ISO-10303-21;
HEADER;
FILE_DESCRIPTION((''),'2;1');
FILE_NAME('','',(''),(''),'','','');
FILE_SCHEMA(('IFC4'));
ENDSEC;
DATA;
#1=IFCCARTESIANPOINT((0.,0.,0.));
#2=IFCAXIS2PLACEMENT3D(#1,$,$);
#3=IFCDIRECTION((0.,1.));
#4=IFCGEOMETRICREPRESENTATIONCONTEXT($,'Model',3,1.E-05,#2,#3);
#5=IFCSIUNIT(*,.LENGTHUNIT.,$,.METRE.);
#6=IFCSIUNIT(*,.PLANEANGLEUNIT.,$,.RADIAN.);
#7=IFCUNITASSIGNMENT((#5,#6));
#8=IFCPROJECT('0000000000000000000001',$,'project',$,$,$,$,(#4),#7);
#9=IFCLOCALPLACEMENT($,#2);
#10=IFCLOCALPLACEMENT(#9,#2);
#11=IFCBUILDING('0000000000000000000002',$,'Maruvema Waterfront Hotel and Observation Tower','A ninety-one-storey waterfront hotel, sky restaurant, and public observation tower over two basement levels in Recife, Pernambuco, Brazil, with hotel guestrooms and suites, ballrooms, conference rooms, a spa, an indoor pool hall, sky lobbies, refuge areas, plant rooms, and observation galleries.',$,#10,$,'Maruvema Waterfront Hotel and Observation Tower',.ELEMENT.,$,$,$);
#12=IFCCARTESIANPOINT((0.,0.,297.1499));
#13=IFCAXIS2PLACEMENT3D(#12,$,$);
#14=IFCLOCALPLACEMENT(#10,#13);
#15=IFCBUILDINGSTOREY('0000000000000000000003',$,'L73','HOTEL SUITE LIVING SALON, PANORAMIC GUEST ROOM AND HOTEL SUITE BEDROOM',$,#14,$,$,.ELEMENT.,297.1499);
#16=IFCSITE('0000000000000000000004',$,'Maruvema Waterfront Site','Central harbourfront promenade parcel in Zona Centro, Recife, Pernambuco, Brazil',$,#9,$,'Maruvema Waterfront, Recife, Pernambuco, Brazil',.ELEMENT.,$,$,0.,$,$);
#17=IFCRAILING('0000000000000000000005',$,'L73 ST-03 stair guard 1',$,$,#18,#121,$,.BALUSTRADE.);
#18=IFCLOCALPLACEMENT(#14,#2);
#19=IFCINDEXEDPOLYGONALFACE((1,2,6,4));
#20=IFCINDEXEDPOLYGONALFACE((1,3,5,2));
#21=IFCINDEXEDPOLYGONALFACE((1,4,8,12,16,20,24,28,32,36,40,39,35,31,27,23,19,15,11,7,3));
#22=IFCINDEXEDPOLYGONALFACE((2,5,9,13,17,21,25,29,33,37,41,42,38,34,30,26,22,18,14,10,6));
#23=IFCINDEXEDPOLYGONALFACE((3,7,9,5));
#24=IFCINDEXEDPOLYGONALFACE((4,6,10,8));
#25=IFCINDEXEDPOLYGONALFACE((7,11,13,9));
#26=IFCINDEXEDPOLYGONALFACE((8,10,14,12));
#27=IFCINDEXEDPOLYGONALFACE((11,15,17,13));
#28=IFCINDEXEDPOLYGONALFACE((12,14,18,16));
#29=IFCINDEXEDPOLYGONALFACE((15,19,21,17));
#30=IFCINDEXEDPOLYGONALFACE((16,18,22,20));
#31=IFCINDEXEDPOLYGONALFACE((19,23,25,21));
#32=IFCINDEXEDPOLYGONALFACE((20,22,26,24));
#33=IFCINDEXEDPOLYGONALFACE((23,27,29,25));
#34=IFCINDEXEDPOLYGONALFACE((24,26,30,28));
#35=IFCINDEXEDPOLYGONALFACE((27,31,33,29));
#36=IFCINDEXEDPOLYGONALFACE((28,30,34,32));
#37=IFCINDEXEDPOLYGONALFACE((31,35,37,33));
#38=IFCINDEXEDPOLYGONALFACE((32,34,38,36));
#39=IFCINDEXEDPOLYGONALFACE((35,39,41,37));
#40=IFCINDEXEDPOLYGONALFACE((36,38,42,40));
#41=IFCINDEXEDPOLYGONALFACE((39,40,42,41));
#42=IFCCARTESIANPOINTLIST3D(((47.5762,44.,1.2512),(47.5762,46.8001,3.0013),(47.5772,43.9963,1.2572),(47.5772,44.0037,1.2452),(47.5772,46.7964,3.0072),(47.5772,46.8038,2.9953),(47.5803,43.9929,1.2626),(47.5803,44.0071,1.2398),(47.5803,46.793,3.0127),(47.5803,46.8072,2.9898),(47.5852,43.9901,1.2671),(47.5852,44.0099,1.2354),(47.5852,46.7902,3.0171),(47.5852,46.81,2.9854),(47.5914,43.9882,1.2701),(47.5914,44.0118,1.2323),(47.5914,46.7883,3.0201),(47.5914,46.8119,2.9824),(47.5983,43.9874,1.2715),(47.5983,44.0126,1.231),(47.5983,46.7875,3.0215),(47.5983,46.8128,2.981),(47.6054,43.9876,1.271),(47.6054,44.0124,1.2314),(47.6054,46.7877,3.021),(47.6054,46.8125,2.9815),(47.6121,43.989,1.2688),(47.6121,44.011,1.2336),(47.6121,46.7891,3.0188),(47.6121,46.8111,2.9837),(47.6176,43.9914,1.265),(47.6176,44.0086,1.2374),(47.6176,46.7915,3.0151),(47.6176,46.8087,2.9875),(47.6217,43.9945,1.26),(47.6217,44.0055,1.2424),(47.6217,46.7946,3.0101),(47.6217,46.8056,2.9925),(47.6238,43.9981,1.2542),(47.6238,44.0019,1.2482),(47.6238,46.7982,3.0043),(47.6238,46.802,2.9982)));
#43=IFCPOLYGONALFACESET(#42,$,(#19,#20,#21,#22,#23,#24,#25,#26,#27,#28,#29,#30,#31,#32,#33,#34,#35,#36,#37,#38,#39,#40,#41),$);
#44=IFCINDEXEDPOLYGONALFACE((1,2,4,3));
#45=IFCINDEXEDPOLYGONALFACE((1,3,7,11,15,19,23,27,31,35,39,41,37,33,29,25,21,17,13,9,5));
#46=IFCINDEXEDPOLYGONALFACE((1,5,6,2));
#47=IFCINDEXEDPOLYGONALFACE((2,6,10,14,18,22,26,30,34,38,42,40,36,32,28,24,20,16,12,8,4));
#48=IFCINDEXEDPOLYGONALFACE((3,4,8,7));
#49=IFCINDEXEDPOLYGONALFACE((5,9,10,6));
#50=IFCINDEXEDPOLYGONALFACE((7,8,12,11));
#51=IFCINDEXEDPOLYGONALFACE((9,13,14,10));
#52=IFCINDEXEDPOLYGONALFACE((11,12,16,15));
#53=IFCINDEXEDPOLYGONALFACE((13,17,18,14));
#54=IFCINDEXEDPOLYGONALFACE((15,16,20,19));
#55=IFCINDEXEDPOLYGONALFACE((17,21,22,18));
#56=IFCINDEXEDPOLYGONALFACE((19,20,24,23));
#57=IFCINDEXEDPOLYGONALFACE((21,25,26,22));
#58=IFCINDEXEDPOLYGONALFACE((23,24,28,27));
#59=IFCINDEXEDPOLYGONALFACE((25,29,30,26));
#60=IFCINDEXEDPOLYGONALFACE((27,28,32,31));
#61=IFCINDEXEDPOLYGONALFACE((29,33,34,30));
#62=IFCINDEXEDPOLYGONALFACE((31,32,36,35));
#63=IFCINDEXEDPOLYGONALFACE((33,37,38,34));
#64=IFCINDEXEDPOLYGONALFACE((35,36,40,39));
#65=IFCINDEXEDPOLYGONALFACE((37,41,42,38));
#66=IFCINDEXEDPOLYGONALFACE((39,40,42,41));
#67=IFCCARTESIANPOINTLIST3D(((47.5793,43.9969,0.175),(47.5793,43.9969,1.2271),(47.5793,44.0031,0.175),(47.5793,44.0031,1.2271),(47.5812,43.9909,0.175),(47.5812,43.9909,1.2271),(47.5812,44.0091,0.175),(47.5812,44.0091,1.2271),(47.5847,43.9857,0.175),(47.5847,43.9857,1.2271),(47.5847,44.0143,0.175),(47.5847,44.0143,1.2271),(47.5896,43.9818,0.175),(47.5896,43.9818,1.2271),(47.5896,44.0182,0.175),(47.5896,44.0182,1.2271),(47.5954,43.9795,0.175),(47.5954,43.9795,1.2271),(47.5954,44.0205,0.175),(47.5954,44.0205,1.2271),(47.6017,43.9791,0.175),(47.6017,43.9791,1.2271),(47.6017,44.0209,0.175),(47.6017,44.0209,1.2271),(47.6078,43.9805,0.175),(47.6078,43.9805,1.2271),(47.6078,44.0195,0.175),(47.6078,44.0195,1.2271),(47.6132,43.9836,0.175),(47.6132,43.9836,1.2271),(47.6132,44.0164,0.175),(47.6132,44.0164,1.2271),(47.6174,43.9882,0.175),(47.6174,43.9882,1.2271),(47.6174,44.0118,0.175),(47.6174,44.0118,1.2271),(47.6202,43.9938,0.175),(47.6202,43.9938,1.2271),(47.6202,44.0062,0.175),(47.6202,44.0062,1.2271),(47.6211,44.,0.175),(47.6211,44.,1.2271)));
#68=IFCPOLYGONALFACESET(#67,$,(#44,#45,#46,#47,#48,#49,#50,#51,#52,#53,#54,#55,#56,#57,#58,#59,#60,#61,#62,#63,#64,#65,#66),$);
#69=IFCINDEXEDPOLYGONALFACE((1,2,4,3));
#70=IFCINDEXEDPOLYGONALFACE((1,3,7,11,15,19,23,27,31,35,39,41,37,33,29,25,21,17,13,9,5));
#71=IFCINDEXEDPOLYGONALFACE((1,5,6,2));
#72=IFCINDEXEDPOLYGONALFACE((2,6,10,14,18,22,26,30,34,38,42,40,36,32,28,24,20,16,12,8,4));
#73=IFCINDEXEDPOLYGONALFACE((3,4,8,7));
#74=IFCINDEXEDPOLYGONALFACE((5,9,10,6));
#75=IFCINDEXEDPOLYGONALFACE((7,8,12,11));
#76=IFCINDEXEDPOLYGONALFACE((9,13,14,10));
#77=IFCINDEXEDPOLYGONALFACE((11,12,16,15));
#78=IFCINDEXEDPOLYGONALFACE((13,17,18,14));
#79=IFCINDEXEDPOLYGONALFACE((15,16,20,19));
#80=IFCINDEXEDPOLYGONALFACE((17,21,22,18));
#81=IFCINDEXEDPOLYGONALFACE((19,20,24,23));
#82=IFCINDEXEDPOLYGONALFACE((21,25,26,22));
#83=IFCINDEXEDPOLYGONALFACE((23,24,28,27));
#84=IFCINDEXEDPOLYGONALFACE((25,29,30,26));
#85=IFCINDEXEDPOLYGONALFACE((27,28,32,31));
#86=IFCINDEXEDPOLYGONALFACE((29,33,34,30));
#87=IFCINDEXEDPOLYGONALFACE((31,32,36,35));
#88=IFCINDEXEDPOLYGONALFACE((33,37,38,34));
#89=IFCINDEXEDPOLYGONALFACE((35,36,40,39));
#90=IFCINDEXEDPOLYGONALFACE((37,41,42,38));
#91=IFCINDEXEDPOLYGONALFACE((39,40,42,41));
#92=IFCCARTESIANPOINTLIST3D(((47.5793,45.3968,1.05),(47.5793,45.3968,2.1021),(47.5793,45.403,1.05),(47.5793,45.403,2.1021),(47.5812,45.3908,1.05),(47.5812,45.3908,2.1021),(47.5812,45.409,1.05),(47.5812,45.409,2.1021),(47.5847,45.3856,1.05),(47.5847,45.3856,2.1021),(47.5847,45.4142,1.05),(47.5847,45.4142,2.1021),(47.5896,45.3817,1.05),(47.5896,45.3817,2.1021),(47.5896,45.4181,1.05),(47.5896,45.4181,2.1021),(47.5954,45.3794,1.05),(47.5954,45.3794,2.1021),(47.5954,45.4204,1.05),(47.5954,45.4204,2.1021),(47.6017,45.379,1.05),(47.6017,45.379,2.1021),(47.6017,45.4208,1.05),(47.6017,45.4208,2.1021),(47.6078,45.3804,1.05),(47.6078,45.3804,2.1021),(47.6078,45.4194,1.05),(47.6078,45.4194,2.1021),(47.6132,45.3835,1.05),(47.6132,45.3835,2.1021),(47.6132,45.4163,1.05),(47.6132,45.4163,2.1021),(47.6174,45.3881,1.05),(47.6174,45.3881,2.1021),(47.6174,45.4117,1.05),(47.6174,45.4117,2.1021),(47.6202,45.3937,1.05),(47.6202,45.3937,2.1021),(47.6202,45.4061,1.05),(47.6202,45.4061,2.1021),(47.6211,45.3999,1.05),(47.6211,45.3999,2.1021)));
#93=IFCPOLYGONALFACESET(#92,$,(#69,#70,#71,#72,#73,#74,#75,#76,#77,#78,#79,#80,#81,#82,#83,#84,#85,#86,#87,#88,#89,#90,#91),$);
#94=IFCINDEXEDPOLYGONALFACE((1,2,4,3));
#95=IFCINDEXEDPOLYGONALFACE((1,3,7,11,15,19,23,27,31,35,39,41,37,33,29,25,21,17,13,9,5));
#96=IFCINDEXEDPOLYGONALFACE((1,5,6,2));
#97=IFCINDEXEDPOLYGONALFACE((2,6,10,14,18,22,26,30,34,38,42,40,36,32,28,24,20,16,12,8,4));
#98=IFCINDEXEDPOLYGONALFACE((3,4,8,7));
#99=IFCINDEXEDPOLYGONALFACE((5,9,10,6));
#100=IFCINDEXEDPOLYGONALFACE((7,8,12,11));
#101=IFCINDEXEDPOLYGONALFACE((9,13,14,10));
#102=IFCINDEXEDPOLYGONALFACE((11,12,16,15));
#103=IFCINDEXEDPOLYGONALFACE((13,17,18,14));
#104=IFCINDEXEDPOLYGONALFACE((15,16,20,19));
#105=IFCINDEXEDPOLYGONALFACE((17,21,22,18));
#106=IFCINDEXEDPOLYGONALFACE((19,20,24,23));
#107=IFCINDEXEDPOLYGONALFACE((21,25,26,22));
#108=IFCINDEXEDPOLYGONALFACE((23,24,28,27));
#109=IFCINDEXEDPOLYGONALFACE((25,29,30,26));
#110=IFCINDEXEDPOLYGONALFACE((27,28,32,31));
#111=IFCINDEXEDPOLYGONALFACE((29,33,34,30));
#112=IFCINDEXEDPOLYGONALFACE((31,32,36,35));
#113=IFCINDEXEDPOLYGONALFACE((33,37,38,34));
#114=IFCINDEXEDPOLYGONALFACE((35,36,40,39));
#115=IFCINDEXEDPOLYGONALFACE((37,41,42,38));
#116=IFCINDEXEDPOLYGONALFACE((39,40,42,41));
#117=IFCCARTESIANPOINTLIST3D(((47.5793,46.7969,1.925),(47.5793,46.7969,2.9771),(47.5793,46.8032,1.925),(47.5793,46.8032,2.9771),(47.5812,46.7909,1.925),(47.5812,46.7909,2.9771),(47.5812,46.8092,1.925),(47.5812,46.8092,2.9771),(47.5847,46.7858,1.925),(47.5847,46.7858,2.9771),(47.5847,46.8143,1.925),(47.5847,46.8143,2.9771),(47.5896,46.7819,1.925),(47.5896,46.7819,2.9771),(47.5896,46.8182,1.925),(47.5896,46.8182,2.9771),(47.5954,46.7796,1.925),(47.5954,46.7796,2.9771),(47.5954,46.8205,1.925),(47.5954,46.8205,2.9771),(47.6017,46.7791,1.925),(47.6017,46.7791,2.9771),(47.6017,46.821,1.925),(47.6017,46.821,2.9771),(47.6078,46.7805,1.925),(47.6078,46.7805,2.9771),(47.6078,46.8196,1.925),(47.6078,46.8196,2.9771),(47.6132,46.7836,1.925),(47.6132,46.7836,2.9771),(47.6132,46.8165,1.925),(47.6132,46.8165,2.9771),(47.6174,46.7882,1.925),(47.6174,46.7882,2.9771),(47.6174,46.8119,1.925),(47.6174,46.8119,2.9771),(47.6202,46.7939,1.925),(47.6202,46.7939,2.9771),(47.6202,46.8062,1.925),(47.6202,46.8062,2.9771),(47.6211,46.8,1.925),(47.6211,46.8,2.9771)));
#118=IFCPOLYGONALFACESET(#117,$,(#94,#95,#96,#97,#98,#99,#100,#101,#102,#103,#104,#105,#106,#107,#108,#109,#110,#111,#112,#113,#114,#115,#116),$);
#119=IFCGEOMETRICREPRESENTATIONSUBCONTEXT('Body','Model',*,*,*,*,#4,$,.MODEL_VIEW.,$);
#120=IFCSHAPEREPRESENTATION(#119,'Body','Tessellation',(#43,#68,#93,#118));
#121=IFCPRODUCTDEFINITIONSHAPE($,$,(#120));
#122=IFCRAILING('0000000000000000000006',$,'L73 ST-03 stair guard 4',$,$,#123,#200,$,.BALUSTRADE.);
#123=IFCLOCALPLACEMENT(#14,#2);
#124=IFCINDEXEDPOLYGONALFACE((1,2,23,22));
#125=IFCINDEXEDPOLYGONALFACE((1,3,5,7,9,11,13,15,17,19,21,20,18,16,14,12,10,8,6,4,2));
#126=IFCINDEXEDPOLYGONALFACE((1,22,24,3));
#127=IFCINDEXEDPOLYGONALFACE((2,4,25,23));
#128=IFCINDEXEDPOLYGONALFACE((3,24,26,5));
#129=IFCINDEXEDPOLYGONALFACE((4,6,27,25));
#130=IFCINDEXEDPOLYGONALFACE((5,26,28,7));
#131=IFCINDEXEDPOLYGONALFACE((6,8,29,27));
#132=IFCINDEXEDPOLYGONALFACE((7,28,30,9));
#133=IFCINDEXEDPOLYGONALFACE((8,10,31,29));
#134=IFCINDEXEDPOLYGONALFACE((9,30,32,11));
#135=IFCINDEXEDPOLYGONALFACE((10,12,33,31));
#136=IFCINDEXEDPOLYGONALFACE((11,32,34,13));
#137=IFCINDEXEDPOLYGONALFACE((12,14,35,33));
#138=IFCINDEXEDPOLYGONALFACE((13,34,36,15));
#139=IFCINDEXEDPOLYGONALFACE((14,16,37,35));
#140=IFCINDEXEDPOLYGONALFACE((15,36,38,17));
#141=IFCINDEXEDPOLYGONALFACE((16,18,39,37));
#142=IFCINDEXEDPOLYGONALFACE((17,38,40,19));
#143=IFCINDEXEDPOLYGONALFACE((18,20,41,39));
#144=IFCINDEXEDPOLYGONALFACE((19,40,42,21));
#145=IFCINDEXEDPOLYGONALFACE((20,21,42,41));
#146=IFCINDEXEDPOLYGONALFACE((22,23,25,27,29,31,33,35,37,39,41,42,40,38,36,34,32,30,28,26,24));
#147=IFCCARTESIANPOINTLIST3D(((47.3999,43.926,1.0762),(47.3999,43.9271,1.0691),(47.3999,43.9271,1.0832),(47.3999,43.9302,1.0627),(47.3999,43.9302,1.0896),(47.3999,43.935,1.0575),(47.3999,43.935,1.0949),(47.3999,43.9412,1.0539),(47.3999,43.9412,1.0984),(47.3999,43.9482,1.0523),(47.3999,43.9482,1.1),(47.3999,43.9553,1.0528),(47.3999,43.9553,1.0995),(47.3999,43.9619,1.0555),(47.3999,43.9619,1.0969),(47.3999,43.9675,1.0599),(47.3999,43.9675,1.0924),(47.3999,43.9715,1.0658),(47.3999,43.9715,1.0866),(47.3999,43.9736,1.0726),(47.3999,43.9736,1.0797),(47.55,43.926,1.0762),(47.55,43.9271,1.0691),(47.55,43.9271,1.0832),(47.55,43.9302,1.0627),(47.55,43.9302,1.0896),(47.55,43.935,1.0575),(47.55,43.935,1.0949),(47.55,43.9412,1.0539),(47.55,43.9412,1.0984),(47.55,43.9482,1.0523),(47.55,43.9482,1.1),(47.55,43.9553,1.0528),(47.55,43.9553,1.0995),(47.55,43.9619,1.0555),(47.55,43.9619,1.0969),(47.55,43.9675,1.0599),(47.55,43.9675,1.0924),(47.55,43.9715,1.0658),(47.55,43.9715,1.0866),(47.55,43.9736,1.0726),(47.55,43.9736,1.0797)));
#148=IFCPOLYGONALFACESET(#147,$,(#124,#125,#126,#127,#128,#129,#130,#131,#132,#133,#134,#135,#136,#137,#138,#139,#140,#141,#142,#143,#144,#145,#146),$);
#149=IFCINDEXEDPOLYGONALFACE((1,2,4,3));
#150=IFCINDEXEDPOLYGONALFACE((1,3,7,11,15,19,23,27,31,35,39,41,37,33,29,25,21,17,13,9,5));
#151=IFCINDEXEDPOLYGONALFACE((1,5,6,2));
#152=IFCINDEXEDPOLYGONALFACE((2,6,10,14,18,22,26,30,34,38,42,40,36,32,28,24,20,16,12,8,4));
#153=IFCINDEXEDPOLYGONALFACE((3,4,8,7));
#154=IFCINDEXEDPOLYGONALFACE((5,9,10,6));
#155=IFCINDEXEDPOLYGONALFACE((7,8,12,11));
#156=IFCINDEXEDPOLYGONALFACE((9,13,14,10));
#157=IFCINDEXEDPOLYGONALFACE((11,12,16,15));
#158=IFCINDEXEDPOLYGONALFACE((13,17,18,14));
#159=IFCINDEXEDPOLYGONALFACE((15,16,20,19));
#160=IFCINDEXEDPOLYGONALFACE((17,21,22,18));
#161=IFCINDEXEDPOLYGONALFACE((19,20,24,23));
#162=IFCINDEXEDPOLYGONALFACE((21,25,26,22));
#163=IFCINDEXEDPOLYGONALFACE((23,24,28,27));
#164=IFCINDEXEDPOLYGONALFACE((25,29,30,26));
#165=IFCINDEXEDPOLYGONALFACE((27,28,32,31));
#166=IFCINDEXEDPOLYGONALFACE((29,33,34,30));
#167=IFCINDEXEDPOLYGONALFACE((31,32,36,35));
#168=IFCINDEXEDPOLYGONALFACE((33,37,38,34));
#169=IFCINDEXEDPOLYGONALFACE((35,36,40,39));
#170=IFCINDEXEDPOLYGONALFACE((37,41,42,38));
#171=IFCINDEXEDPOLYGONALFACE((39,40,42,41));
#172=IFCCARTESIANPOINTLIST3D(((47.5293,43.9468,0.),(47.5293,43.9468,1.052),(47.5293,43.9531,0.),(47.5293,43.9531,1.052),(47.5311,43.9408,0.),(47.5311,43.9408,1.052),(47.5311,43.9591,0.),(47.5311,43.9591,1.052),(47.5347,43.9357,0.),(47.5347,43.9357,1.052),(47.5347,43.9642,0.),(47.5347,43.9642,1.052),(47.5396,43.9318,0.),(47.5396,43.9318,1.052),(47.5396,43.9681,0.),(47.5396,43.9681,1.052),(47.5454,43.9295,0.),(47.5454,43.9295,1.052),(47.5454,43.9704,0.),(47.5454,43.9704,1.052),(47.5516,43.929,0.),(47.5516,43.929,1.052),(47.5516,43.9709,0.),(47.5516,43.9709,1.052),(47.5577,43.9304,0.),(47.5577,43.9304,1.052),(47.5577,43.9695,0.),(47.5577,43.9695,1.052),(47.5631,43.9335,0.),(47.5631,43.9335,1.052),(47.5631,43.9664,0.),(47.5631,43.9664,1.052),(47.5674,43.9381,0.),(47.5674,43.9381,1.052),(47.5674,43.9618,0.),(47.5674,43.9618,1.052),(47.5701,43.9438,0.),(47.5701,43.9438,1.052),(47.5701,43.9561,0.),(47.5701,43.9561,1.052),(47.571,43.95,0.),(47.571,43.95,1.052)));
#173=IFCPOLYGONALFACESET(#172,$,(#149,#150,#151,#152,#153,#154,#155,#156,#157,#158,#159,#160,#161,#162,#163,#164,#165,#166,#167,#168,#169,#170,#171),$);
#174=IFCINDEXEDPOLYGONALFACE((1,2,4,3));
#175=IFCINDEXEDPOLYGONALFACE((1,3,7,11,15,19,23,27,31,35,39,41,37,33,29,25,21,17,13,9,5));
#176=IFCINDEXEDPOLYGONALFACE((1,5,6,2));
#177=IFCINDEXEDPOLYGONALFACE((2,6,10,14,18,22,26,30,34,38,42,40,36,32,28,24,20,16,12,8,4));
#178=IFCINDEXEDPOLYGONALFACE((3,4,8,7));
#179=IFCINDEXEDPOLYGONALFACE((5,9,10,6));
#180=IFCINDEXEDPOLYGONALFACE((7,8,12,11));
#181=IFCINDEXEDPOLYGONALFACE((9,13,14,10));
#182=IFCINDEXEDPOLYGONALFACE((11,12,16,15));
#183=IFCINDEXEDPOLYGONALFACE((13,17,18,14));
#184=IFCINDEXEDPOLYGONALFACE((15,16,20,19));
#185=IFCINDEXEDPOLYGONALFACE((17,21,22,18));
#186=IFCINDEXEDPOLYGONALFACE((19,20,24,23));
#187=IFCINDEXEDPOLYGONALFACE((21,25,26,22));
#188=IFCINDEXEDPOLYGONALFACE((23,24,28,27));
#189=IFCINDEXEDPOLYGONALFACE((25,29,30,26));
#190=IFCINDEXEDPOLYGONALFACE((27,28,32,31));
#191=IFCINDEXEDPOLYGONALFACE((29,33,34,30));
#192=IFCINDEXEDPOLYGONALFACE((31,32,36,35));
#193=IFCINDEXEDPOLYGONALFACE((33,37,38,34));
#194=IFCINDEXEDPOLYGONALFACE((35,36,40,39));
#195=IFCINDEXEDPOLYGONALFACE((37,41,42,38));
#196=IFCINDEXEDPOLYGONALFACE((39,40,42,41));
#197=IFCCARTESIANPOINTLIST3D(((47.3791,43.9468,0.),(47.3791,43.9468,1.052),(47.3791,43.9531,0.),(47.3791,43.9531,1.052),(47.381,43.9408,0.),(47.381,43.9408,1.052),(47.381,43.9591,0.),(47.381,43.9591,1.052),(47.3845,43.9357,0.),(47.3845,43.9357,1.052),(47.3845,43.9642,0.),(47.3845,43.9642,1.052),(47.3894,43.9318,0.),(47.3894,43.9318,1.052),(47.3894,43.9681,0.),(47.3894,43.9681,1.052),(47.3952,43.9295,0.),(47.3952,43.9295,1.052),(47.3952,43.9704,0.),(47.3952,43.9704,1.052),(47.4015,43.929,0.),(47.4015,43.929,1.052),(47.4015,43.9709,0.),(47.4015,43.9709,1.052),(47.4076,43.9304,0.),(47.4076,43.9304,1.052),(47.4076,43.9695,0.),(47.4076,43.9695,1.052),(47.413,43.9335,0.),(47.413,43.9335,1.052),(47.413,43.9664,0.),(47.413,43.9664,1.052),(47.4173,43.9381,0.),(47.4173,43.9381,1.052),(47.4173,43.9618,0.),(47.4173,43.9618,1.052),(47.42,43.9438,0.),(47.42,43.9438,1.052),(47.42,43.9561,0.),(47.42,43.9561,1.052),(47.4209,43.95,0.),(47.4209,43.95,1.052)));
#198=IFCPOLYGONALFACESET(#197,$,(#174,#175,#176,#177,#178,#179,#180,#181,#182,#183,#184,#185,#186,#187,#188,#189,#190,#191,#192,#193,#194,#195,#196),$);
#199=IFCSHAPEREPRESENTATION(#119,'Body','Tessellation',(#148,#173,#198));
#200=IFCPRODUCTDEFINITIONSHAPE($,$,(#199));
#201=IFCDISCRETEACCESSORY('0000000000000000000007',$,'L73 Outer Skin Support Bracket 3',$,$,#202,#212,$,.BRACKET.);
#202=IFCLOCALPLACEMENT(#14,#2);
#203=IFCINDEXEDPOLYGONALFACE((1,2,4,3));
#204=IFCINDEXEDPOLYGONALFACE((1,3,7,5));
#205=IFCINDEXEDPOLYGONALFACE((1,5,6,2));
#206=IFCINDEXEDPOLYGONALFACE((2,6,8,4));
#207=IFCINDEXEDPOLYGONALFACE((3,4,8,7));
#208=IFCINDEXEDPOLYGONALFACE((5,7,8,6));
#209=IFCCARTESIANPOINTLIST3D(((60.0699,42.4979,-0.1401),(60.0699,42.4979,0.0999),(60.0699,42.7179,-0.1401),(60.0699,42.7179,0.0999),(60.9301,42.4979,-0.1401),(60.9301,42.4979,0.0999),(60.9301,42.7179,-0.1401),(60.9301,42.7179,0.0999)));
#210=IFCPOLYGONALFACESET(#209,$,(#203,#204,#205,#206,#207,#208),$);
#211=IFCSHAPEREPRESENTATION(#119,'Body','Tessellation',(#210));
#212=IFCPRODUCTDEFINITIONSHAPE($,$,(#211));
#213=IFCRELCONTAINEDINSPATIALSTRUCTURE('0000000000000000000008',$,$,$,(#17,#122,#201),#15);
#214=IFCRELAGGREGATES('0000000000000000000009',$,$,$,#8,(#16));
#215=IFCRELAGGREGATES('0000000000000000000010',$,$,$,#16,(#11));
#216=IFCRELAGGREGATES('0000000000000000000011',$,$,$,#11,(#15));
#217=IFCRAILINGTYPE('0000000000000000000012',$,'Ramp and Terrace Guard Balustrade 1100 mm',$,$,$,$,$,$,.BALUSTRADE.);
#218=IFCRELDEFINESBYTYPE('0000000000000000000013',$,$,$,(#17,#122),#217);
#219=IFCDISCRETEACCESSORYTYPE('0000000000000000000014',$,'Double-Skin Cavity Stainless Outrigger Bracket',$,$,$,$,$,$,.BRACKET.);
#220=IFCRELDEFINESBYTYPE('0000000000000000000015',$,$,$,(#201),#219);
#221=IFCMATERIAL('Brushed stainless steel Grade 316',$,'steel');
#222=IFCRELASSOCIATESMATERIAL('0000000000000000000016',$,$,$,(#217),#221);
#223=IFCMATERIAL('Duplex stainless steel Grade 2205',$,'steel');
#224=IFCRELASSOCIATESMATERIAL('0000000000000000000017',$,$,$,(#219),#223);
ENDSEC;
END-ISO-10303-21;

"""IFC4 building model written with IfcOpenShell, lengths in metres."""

from ifc_helpers import new_model, si_unit, direction, frame, origin, origin_2d, place, context, subcontext, project, spatial, rectangle, circle, extrude, material, type_object, element, save


model = new_model("IFC4")

# Units and contexts
model_context = context("Model", 3, precision=1e-05, world=origin(), true_north=direction((0.0, 1.0)))
body_context = subcontext(model_context, "Body", "Model", "MODEL_VIEW")
ifc_project = project(units=[si_unit("LENGTHUNIT", "METRE"), si_unit("PLANEANGLEUNIT", "RADIAN")], contexts=[model_context])

# Site, building, storey
site_placement = place(None, origin())
site = spatial("IfcSite", under=ifc_project, at=site_placement, Name="Maruvema Waterfront Site", Description="Central harbourfront promenade parcel in Zona Centro, Recife, Pernambuco, Brazil", LongName="Maruvema Waterfront, Recife, Pernambuco, Brazil", CompositionType="ELEMENT", RefElevation=0.0)
building_placement = place(site_placement, origin())
building = spatial("IfcBuilding", under=site, at=building_placement, Name="Maruvema Waterfront Hotel and Observation Tower", Description="A ninety-one-storey waterfront hotel, sky restaurant, and public observation tower over two basement levels in Recife, Pernambuco, Brazil, with hotel guestrooms and suites, ballrooms, conference rooms, a spa, an indoor pool hall, sky lobbies, refuge areas, plant rooms, and observation galleries.", LongName="Maruvema Waterfront Hotel and Observation Tower", CompositionType="ELEMENT")
storey_placement = place(building_placement, frame((0.0, 0.0, 297.1499)))
storey = spatial("IfcBuildingStorey", under=building, at=storey_placement, Name="L73", Description="HOTEL SUITE LIVING SALON, PANORAMIC GUEST ROOM AND HOTEL SUITE BEDROOM", CompositionType="ELEMENT", Elevation=297.1499)

# Railings
ifc_material_1 = material(Name="Brushed stainless steel Grade 316", Category="steel")
railing_type = type_object("IfcRailingType", Name="Ramp and Terrace Guard Balustrade 1100 mm", PredefinedType="BALUSTRADE", material=ifc_material_1)
railing_1_placement = place(storey_placement, frame((47.6001, 44.0, 0.175)))
element("IfcRailing", 1, at=railing_1_placement, inside=storey, type_object=railing_type, Name="L73 ST-03 stair guard 1", PredefinedType="BALUSTRADE", context=body_context, shape_type="SweptSolid", body=[
    extrude(circle(Radius=0.0239, at=origin_2d()), frame((0.0, 0.0, 1.0762), z_axis=(0.0, 0.848002, 0.529992), x_axis=(-1.0, 0.0, 0.0)), (0.0, 0.0, 1.0), 3.302),
    extrude(circle(Radius=0.021, at=origin_2d()), origin(), (0.0, 0.0, 1.0), 1.052),
    extrude(circle(Radius=0.021, at=origin_2d()), frame((0.0, 1.3999, 0.875)), (0.0, 0.0, 1.0), 1.052),
    extrude(circle(Radius=0.021, at=origin_2d()), frame((0.0, 2.8, 1.75)), (0.0, 0.0, 1.0), 1.052),
])
railing_2_placement = place(storey_placement, frame((47.55, 43.95, 0.0)))
element("IfcRailing", 2, at=railing_2_placement, inside=storey, type_object=railing_type, Name="L73 ST-03 stair guard 4", PredefinedType="BALUSTRADE", context=body_context, shape_type="SweptSolid", body=[
    extrude(circle(Radius=0.0239, at=origin_2d()), frame((0.0, 0.0, 1.0762), z_axis=(-1.0, 0.0, 0.0), x_axis=(0.0, -1.0, 0.0)), (0.0, 0.0, 1.0), 0.1501),
    extrude(circle(Radius=0.021, at=origin_2d()), origin(), (0.0, 0.0, 1.0), 1.052),
    extrude(circle(Radius=0.021, at=origin_2d()), frame((-0.1501, 0.0, 0.0)), (0.0, 0.0, 1.0), 1.052),
])

# Discrete accessory
ifc_material_2 = material(Name="Duplex stainless steel Grade 2205", Category="steel")
discrete_accessory_type = type_object("IfcDiscreteAccessoryType", Name="Double-Skin Cavity Stainless Outrigger Bracket", PredefinedType="BRACKET", material=ifc_material_2)
discrete_accessory_placement = place(storey_placement, frame((60.5, 42.6079, -0.1401), z_axis=(0.0, 0.0, 1.0), x_axis=(0.0, 1.0, 0.0)))
element("IfcDiscreteAccessory", 3, at=discrete_accessory_placement, inside=storey, type_object=discrete_accessory_type, Name="L73 Outer Skin Support Bracket 3", PredefinedType="BRACKET", context=body_context, shape_type="SweptSolid", body=[
    extrude(rectangle(XDim=0.22, YDim=0.8601, at=origin_2d()), origin(), (0.0, 0.0, 1.0), 0.24),
])

save(model, "model.ifc")
